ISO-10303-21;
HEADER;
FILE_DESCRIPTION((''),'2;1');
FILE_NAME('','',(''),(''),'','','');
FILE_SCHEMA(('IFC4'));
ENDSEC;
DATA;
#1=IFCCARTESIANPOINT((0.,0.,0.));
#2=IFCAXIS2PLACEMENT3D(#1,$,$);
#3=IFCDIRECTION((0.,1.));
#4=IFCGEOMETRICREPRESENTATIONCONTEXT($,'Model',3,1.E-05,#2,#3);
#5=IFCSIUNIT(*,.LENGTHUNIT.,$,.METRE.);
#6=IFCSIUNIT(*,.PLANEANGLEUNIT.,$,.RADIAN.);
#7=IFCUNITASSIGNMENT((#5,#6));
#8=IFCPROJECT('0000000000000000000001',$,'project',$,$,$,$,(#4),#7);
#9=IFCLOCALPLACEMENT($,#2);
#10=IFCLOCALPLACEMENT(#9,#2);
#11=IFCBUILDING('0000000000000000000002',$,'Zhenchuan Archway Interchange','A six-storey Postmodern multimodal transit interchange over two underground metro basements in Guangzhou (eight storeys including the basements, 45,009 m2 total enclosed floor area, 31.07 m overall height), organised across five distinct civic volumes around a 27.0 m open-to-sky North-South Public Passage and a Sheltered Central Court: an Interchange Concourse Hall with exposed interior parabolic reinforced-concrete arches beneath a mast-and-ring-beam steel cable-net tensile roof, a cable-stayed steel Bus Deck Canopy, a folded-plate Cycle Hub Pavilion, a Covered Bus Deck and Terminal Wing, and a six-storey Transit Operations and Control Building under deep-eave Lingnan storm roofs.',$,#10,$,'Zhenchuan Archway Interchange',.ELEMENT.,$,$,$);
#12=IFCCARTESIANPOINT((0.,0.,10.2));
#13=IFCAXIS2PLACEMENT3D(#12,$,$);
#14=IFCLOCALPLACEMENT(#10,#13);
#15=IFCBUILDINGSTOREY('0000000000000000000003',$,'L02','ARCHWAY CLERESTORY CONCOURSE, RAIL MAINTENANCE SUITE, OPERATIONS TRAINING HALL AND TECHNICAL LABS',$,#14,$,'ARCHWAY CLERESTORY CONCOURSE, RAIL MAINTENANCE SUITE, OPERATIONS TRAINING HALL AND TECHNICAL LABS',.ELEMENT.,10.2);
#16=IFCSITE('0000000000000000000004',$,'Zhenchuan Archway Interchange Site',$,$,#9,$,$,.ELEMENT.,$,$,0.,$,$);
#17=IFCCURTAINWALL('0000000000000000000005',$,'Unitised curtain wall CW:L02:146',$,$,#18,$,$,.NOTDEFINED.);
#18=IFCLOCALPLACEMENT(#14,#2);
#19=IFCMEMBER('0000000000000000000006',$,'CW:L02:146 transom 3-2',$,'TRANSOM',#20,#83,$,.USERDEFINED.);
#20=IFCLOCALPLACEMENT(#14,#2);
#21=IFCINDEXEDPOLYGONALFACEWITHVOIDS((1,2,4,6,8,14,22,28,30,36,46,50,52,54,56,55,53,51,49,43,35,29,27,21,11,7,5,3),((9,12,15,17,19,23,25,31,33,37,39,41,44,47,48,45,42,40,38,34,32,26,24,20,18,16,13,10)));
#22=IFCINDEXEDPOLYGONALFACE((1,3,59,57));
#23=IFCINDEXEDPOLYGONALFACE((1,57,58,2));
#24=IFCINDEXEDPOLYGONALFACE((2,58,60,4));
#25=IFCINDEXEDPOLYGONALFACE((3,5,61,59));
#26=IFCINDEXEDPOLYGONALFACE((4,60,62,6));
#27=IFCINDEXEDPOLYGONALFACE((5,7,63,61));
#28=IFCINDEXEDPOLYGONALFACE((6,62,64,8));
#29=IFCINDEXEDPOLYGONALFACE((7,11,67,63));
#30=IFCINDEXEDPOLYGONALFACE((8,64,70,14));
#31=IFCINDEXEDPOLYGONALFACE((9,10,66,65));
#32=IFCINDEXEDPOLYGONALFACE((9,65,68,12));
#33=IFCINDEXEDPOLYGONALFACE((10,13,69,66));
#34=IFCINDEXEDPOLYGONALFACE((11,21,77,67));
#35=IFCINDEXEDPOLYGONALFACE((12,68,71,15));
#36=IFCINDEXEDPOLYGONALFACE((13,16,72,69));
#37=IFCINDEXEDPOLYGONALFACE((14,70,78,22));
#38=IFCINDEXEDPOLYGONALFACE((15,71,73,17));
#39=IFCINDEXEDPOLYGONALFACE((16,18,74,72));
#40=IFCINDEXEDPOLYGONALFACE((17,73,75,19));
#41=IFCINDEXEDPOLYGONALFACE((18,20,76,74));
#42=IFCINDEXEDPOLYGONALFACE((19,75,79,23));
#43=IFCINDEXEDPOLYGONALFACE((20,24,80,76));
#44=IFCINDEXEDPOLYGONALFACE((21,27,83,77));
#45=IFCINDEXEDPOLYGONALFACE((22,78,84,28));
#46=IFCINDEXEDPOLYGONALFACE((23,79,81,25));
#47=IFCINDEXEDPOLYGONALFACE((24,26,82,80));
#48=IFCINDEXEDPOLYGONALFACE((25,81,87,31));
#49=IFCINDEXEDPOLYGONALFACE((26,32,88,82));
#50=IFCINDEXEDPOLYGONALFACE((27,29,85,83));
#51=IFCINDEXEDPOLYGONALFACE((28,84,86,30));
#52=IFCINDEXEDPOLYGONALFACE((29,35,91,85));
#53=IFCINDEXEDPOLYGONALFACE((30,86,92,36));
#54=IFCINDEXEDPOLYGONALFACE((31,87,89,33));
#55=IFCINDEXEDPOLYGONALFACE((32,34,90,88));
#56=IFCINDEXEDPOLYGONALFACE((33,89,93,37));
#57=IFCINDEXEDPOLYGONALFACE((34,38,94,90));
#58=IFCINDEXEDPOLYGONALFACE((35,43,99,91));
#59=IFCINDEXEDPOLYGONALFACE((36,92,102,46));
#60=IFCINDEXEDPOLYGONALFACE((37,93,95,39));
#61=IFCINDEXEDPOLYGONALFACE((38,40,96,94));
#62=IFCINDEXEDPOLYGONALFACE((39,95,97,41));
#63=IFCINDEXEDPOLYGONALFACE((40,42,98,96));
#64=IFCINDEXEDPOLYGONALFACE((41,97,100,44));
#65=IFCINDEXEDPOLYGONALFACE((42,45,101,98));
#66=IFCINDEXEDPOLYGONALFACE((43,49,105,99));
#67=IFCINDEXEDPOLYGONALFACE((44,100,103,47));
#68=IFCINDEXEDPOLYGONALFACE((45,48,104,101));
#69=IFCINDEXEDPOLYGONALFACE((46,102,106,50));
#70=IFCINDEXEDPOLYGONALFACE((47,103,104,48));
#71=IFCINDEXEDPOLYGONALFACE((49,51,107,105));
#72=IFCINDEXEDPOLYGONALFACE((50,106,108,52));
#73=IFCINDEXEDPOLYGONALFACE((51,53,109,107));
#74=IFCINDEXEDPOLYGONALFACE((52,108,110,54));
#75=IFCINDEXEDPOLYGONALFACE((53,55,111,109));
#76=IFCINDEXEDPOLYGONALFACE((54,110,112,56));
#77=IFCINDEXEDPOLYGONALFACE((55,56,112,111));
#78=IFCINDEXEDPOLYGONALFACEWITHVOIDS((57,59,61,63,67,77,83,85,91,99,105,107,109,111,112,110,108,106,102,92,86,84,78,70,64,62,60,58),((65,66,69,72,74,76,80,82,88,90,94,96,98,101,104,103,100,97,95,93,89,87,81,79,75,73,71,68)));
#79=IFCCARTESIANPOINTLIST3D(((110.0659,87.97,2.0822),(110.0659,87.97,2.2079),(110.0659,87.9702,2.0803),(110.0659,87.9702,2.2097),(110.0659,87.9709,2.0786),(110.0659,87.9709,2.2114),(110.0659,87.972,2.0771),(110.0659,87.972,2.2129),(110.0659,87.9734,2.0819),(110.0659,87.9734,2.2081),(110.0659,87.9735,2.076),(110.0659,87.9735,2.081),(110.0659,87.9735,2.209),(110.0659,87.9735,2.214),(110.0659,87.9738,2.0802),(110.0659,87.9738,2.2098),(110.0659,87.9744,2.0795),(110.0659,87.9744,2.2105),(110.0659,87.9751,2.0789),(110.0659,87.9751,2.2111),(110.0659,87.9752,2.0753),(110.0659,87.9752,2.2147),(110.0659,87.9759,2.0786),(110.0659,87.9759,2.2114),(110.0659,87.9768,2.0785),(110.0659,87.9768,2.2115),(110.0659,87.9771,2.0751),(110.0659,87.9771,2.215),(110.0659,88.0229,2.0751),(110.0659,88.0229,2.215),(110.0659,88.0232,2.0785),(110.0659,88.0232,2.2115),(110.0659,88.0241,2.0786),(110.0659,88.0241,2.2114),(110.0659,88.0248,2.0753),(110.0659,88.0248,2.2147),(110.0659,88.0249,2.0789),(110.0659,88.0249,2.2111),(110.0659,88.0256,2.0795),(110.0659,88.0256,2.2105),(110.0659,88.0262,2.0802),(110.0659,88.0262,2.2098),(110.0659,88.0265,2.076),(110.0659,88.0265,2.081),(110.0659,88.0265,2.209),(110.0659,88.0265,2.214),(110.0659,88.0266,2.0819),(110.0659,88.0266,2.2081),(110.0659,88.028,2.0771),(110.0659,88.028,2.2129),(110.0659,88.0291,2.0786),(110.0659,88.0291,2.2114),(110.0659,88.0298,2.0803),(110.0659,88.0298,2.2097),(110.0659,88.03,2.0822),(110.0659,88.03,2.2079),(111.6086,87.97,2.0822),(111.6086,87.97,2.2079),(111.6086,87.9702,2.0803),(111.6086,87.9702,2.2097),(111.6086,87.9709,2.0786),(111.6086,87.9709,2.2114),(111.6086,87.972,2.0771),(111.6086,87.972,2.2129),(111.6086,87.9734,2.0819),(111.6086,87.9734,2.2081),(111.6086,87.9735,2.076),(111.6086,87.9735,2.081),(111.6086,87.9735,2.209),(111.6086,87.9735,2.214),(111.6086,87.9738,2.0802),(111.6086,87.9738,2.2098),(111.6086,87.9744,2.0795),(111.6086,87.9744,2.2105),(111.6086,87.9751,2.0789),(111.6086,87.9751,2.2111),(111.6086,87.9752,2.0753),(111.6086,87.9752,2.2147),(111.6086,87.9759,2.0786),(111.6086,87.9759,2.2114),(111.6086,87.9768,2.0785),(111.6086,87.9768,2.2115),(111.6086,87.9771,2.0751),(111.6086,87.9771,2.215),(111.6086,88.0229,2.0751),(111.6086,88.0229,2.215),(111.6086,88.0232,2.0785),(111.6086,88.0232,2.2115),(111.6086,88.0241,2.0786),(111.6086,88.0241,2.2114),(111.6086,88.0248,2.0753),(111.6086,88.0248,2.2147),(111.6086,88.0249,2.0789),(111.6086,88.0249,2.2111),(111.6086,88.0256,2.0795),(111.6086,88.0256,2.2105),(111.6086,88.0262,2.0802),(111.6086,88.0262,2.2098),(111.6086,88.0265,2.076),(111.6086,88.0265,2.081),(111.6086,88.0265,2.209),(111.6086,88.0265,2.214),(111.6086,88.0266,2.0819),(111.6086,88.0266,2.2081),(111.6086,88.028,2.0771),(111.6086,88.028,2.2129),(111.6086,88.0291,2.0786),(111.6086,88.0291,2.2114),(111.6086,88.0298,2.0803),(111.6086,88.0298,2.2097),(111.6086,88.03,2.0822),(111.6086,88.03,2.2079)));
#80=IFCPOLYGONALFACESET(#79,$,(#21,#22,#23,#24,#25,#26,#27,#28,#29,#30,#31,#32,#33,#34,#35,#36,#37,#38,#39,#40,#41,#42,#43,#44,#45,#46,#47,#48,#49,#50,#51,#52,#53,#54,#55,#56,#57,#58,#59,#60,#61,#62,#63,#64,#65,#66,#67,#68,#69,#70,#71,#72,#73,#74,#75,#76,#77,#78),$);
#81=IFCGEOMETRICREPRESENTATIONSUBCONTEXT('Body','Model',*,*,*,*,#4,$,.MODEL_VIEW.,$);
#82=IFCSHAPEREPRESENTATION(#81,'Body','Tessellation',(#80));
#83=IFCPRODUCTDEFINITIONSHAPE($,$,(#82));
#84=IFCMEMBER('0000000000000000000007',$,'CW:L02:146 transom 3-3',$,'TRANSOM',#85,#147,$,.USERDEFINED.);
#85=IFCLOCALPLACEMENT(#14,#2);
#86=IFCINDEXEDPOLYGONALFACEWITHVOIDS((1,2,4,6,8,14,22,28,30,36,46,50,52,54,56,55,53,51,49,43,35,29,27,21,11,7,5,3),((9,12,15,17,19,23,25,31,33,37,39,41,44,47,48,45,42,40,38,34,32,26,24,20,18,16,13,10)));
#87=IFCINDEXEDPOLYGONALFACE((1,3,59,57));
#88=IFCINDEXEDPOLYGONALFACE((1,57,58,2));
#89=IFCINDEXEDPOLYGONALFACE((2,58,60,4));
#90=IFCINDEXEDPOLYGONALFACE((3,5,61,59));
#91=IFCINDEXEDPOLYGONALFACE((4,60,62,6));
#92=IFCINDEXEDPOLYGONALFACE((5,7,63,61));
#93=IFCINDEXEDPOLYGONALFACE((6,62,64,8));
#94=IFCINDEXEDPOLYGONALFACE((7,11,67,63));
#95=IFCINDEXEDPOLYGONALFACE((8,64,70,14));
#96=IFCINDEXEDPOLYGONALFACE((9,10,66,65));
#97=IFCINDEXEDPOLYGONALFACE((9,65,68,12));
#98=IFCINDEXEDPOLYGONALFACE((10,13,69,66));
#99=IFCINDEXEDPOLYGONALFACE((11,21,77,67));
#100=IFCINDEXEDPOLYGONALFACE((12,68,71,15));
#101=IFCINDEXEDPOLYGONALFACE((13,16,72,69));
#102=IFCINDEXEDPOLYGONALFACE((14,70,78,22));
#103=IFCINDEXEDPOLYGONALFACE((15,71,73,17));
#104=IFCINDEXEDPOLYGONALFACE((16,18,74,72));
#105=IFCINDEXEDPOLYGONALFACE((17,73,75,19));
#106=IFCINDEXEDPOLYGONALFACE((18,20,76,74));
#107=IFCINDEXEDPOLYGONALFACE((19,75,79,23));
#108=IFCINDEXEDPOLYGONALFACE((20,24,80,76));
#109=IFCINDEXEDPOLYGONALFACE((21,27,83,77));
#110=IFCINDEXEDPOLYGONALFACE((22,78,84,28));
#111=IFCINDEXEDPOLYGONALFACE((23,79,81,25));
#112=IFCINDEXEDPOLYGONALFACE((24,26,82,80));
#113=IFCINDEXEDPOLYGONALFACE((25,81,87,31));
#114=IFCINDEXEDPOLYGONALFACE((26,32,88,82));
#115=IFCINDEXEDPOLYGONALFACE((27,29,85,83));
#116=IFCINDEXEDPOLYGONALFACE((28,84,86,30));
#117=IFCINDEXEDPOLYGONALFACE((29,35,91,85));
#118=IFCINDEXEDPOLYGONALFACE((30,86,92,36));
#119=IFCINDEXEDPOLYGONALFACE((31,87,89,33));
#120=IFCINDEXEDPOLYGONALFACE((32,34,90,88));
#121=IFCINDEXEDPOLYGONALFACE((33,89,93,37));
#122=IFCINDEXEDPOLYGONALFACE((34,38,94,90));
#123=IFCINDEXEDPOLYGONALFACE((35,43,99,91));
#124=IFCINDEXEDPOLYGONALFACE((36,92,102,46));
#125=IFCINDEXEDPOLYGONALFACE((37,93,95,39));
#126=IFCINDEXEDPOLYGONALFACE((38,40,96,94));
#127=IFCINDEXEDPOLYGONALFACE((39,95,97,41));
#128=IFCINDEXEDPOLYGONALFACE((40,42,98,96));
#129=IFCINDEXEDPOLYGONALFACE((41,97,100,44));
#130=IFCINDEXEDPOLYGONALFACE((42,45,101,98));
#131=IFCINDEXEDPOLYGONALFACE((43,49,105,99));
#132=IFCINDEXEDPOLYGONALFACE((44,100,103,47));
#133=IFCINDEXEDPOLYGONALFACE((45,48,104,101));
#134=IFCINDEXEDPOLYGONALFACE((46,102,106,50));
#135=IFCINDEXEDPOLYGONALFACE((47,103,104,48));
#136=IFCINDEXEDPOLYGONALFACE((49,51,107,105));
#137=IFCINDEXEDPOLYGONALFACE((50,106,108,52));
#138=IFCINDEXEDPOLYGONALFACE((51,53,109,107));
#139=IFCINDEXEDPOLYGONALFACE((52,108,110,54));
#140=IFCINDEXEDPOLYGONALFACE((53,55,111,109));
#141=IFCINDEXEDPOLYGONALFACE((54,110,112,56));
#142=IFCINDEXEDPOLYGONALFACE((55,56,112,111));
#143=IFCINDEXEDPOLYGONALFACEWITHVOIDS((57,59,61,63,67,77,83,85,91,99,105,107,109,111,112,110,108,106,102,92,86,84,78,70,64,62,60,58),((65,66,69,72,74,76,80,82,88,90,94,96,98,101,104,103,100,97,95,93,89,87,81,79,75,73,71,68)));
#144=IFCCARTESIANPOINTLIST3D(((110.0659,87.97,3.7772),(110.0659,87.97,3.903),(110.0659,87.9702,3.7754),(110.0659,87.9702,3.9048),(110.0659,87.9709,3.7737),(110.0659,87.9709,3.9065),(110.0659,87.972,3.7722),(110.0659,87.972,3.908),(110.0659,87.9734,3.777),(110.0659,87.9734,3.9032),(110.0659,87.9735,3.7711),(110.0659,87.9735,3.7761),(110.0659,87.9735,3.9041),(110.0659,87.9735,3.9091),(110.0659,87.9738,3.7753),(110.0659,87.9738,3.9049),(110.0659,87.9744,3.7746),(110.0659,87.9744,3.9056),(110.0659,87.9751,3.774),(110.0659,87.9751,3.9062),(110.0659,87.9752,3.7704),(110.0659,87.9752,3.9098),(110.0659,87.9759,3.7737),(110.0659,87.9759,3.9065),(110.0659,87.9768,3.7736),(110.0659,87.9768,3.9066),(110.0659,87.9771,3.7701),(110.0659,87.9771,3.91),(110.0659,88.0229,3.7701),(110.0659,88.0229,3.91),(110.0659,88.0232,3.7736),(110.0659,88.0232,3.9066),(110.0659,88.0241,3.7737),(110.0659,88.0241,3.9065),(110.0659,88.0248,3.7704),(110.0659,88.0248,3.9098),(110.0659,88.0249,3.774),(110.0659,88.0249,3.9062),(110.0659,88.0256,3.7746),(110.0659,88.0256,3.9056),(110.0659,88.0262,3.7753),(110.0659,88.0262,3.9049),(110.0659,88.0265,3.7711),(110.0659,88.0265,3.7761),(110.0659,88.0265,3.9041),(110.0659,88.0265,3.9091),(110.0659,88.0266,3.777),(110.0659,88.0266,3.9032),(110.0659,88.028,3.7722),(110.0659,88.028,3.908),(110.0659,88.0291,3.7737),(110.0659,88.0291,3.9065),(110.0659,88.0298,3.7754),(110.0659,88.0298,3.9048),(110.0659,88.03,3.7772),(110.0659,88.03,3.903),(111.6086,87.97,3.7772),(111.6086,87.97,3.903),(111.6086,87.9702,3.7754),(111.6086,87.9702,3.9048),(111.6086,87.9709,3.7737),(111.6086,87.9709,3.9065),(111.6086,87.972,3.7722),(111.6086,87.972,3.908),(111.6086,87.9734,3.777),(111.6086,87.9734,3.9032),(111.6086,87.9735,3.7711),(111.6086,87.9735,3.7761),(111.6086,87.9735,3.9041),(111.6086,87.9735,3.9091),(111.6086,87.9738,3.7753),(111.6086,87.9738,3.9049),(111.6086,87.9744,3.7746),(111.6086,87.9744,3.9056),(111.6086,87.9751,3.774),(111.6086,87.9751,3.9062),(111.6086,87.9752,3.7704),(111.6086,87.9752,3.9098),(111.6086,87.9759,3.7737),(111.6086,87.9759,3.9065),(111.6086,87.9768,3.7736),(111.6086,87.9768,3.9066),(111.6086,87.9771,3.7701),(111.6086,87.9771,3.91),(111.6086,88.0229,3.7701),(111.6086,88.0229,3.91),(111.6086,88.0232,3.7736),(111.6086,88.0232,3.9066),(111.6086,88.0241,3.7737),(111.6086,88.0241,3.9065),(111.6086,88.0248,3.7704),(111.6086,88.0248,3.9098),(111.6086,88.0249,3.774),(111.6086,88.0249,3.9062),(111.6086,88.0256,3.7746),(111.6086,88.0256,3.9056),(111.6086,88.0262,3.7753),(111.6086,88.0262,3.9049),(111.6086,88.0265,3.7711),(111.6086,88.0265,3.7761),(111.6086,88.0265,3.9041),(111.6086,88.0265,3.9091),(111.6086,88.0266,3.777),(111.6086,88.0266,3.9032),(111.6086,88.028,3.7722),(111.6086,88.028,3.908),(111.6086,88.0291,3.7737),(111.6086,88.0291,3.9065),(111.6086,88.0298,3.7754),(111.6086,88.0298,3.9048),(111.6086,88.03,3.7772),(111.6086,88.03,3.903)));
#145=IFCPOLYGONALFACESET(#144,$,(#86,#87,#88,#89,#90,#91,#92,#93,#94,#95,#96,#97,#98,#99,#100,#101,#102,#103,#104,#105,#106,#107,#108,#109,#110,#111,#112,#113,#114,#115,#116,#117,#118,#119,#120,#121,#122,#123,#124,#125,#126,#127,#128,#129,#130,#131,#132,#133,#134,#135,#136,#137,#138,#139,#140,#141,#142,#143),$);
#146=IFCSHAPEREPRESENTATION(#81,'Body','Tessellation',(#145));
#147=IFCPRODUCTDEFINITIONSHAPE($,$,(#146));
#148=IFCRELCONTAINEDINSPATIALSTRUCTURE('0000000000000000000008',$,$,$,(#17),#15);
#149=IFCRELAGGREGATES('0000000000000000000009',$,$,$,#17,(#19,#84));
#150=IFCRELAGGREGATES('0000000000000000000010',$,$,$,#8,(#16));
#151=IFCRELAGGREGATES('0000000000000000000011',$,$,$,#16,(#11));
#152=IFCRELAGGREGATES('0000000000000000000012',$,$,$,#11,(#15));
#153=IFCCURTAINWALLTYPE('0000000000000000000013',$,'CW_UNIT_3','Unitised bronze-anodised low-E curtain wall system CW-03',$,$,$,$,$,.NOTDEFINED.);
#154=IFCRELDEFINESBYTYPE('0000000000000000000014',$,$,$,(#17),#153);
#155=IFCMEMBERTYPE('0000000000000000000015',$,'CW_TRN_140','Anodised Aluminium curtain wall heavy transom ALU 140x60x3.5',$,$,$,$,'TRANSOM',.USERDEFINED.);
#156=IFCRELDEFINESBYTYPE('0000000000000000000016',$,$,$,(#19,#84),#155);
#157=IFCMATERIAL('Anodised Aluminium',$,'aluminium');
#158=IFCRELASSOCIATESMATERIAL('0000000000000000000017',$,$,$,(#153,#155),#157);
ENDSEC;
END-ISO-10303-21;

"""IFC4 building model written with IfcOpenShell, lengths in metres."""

from ifc_helpers import new_model, si_unit, direction, frame, origin, origin_2d, place, context, subcontext, project, spatial, hollow_rectangle, extrude, material, material_profile, profile_set, type_object, element, aggregate, save


model = new_model("IFC4")

# Units and contexts
model_context = context("Model", 3, precision=1e-05, world=origin(), true_north=direction((0.0, 1.0)))
body_context = subcontext(model_context, "Body", "Model", "MODEL_VIEW")
ifc_project = project(units=[si_unit("LENGTHUNIT", "METRE"), si_unit("PLANEANGLEUNIT", "RADIAN")], contexts=[model_context])

# Site, building, storey
site_placement = place(None, origin())
site = spatial("IfcSite", under=ifc_project, at=site_placement, Name="Zhenchuan Archway Interchange Site", CompositionType="ELEMENT", RefElevation=0.0)
building_placement = place(site_placement, origin())
building = spatial("IfcBuilding", under=site, at=building_placement, Name="Zhenchuan Archway Interchange", Description="A six-storey Postmodern multimodal transit interchange over two underground metro basements in Guangzhou (eight storeys including the basements, 45,009 m2 total enclosed floor area, 31.07 m overall height), organised across five distinct civic volumes around a 27.0 m open-to-sky North-South Public Passage and a Sheltered Central Court: an Interchange Concourse Hall with exposed interior parabolic reinforced-concrete arches beneath a mast-and-ring-beam steel cable-net tensile roof, a cable-stayed steel Bus Deck Canopy, a folded-plate Cycle Hub Pavilion, a Covered Bus Deck and Terminal Wing, and a six-storey Transit Operations and Control Building under deep-eave Lingnan storm roofs.", LongName="Zhenchuan Archway Interchange", CompositionType="ELEMENT")
storey_placement = place(building_placement, frame((0.0, 0.0, 10.2)))
storey = spatial("IfcBuildingStorey", under=building, at=storey_placement, Name="L02", Description="ARCHWAY CLERESTORY CONCOURSE, RAIL MAINTENANCE SUITE, OPERATIONS TRAINING HALL AND TECHNICAL LABS", LongName="ARCHWAY CLERESTORY CONCOURSE, RAIL MAINTENANCE SUITE, OPERATIONS TRAINING HALL AND TECHNICAL LABS", CompositionType="ELEMENT", Elevation=10.2)

# Curtain wall, members
ifc_material_1 = material(Name="Anodised Aluminium", Category="aluminium")
curtain_wall_type = type_object("IfcCurtainWallType", Name="CW_UNIT_3", Description="Unitised bronze-anodised low-E curtain wall system CW-03", PredefinedType="NOTDEFINED", material=ifc_material_1)
curtain_wall_placement = place(storey_placement, origin())
curtain_wall = element("IfcCurtainWall", 1, at=curtain_wall_placement, inside=storey, type_object=curtain_wall_type, Name="Unitised curtain wall CW:L02:146", PredefinedType="NOTDEFINED")
ifc_material_profile_1 = material_profile(ifc_material_1, hollow_rectangle(XDim=0.0601, YDim=0.1399, WallThickness=0.0034, InnerFilletRadius=0.0034, OuterFilletRadius=0.0071, at=origin_2d()), Name="ALU 140x60x3.5")
ifc_profile_set_1 = profile_set([ifc_material_profile_1], Name="Anodised Aluminium")
member_type_1 = type_object("IfcMemberType", Name="CW_TRN_140", Description="Anodised Aluminium curtain wall heavy transom ALU 140x60x3.5", ElementType="TRANSOM", PredefinedType="USERDEFINED", material=ifc_profile_set_1)
member_1_placement = place(storey_placement, frame((111.6086, 88.0, 2.145), z_axis=(-1.0, 0.0, 0.0), x_axis=(0.0, -1.0, 0.0)))
member_1 = element("IfcMember", 2, at=member_1_placement, type_object=member_type_1, Name="CW:L02:146 transom 3-2", ObjectType="TRANSOM", PredefinedType="USERDEFINED", context=body_context, shape_type="SweptSolid", body=[
    extrude(hollow_rectangle(XDim=0.0601, YDim=0.1399, WallThickness=0.0034, InnerFilletRadius=0.0034, OuterFilletRadius=0.0071, at=origin_2d()), origin(), (0.0, 0.0, 1.0), 1.5427),
])
member_2_placement = place(storey_placement, frame((111.6086, 88.0, 3.8401), z_axis=(-1.0, 0.0, 0.0), x_axis=(0.0, -1.0, 0.0)))
member_2 = element("IfcMember", 3, at=member_2_placement, type_object=member_type_1, Name="CW:L02:146 transom 3-3", ObjectType="TRANSOM", PredefinedType="USERDEFINED", context=body_context, shape_type="SweptSolid", body=[
    extrude(hollow_rectangle(XDim=0.0601, YDim=0.1399, WallThickness=0.0034, InnerFilletRadius=0.0034, OuterFilletRadius=0.0071, at=origin_2d()), origin(), (0.0, 0.0, 1.0), 1.5427),
])

aggregate(curtain_wall, [member_1, member_2])

save(model, "model.ifc")
